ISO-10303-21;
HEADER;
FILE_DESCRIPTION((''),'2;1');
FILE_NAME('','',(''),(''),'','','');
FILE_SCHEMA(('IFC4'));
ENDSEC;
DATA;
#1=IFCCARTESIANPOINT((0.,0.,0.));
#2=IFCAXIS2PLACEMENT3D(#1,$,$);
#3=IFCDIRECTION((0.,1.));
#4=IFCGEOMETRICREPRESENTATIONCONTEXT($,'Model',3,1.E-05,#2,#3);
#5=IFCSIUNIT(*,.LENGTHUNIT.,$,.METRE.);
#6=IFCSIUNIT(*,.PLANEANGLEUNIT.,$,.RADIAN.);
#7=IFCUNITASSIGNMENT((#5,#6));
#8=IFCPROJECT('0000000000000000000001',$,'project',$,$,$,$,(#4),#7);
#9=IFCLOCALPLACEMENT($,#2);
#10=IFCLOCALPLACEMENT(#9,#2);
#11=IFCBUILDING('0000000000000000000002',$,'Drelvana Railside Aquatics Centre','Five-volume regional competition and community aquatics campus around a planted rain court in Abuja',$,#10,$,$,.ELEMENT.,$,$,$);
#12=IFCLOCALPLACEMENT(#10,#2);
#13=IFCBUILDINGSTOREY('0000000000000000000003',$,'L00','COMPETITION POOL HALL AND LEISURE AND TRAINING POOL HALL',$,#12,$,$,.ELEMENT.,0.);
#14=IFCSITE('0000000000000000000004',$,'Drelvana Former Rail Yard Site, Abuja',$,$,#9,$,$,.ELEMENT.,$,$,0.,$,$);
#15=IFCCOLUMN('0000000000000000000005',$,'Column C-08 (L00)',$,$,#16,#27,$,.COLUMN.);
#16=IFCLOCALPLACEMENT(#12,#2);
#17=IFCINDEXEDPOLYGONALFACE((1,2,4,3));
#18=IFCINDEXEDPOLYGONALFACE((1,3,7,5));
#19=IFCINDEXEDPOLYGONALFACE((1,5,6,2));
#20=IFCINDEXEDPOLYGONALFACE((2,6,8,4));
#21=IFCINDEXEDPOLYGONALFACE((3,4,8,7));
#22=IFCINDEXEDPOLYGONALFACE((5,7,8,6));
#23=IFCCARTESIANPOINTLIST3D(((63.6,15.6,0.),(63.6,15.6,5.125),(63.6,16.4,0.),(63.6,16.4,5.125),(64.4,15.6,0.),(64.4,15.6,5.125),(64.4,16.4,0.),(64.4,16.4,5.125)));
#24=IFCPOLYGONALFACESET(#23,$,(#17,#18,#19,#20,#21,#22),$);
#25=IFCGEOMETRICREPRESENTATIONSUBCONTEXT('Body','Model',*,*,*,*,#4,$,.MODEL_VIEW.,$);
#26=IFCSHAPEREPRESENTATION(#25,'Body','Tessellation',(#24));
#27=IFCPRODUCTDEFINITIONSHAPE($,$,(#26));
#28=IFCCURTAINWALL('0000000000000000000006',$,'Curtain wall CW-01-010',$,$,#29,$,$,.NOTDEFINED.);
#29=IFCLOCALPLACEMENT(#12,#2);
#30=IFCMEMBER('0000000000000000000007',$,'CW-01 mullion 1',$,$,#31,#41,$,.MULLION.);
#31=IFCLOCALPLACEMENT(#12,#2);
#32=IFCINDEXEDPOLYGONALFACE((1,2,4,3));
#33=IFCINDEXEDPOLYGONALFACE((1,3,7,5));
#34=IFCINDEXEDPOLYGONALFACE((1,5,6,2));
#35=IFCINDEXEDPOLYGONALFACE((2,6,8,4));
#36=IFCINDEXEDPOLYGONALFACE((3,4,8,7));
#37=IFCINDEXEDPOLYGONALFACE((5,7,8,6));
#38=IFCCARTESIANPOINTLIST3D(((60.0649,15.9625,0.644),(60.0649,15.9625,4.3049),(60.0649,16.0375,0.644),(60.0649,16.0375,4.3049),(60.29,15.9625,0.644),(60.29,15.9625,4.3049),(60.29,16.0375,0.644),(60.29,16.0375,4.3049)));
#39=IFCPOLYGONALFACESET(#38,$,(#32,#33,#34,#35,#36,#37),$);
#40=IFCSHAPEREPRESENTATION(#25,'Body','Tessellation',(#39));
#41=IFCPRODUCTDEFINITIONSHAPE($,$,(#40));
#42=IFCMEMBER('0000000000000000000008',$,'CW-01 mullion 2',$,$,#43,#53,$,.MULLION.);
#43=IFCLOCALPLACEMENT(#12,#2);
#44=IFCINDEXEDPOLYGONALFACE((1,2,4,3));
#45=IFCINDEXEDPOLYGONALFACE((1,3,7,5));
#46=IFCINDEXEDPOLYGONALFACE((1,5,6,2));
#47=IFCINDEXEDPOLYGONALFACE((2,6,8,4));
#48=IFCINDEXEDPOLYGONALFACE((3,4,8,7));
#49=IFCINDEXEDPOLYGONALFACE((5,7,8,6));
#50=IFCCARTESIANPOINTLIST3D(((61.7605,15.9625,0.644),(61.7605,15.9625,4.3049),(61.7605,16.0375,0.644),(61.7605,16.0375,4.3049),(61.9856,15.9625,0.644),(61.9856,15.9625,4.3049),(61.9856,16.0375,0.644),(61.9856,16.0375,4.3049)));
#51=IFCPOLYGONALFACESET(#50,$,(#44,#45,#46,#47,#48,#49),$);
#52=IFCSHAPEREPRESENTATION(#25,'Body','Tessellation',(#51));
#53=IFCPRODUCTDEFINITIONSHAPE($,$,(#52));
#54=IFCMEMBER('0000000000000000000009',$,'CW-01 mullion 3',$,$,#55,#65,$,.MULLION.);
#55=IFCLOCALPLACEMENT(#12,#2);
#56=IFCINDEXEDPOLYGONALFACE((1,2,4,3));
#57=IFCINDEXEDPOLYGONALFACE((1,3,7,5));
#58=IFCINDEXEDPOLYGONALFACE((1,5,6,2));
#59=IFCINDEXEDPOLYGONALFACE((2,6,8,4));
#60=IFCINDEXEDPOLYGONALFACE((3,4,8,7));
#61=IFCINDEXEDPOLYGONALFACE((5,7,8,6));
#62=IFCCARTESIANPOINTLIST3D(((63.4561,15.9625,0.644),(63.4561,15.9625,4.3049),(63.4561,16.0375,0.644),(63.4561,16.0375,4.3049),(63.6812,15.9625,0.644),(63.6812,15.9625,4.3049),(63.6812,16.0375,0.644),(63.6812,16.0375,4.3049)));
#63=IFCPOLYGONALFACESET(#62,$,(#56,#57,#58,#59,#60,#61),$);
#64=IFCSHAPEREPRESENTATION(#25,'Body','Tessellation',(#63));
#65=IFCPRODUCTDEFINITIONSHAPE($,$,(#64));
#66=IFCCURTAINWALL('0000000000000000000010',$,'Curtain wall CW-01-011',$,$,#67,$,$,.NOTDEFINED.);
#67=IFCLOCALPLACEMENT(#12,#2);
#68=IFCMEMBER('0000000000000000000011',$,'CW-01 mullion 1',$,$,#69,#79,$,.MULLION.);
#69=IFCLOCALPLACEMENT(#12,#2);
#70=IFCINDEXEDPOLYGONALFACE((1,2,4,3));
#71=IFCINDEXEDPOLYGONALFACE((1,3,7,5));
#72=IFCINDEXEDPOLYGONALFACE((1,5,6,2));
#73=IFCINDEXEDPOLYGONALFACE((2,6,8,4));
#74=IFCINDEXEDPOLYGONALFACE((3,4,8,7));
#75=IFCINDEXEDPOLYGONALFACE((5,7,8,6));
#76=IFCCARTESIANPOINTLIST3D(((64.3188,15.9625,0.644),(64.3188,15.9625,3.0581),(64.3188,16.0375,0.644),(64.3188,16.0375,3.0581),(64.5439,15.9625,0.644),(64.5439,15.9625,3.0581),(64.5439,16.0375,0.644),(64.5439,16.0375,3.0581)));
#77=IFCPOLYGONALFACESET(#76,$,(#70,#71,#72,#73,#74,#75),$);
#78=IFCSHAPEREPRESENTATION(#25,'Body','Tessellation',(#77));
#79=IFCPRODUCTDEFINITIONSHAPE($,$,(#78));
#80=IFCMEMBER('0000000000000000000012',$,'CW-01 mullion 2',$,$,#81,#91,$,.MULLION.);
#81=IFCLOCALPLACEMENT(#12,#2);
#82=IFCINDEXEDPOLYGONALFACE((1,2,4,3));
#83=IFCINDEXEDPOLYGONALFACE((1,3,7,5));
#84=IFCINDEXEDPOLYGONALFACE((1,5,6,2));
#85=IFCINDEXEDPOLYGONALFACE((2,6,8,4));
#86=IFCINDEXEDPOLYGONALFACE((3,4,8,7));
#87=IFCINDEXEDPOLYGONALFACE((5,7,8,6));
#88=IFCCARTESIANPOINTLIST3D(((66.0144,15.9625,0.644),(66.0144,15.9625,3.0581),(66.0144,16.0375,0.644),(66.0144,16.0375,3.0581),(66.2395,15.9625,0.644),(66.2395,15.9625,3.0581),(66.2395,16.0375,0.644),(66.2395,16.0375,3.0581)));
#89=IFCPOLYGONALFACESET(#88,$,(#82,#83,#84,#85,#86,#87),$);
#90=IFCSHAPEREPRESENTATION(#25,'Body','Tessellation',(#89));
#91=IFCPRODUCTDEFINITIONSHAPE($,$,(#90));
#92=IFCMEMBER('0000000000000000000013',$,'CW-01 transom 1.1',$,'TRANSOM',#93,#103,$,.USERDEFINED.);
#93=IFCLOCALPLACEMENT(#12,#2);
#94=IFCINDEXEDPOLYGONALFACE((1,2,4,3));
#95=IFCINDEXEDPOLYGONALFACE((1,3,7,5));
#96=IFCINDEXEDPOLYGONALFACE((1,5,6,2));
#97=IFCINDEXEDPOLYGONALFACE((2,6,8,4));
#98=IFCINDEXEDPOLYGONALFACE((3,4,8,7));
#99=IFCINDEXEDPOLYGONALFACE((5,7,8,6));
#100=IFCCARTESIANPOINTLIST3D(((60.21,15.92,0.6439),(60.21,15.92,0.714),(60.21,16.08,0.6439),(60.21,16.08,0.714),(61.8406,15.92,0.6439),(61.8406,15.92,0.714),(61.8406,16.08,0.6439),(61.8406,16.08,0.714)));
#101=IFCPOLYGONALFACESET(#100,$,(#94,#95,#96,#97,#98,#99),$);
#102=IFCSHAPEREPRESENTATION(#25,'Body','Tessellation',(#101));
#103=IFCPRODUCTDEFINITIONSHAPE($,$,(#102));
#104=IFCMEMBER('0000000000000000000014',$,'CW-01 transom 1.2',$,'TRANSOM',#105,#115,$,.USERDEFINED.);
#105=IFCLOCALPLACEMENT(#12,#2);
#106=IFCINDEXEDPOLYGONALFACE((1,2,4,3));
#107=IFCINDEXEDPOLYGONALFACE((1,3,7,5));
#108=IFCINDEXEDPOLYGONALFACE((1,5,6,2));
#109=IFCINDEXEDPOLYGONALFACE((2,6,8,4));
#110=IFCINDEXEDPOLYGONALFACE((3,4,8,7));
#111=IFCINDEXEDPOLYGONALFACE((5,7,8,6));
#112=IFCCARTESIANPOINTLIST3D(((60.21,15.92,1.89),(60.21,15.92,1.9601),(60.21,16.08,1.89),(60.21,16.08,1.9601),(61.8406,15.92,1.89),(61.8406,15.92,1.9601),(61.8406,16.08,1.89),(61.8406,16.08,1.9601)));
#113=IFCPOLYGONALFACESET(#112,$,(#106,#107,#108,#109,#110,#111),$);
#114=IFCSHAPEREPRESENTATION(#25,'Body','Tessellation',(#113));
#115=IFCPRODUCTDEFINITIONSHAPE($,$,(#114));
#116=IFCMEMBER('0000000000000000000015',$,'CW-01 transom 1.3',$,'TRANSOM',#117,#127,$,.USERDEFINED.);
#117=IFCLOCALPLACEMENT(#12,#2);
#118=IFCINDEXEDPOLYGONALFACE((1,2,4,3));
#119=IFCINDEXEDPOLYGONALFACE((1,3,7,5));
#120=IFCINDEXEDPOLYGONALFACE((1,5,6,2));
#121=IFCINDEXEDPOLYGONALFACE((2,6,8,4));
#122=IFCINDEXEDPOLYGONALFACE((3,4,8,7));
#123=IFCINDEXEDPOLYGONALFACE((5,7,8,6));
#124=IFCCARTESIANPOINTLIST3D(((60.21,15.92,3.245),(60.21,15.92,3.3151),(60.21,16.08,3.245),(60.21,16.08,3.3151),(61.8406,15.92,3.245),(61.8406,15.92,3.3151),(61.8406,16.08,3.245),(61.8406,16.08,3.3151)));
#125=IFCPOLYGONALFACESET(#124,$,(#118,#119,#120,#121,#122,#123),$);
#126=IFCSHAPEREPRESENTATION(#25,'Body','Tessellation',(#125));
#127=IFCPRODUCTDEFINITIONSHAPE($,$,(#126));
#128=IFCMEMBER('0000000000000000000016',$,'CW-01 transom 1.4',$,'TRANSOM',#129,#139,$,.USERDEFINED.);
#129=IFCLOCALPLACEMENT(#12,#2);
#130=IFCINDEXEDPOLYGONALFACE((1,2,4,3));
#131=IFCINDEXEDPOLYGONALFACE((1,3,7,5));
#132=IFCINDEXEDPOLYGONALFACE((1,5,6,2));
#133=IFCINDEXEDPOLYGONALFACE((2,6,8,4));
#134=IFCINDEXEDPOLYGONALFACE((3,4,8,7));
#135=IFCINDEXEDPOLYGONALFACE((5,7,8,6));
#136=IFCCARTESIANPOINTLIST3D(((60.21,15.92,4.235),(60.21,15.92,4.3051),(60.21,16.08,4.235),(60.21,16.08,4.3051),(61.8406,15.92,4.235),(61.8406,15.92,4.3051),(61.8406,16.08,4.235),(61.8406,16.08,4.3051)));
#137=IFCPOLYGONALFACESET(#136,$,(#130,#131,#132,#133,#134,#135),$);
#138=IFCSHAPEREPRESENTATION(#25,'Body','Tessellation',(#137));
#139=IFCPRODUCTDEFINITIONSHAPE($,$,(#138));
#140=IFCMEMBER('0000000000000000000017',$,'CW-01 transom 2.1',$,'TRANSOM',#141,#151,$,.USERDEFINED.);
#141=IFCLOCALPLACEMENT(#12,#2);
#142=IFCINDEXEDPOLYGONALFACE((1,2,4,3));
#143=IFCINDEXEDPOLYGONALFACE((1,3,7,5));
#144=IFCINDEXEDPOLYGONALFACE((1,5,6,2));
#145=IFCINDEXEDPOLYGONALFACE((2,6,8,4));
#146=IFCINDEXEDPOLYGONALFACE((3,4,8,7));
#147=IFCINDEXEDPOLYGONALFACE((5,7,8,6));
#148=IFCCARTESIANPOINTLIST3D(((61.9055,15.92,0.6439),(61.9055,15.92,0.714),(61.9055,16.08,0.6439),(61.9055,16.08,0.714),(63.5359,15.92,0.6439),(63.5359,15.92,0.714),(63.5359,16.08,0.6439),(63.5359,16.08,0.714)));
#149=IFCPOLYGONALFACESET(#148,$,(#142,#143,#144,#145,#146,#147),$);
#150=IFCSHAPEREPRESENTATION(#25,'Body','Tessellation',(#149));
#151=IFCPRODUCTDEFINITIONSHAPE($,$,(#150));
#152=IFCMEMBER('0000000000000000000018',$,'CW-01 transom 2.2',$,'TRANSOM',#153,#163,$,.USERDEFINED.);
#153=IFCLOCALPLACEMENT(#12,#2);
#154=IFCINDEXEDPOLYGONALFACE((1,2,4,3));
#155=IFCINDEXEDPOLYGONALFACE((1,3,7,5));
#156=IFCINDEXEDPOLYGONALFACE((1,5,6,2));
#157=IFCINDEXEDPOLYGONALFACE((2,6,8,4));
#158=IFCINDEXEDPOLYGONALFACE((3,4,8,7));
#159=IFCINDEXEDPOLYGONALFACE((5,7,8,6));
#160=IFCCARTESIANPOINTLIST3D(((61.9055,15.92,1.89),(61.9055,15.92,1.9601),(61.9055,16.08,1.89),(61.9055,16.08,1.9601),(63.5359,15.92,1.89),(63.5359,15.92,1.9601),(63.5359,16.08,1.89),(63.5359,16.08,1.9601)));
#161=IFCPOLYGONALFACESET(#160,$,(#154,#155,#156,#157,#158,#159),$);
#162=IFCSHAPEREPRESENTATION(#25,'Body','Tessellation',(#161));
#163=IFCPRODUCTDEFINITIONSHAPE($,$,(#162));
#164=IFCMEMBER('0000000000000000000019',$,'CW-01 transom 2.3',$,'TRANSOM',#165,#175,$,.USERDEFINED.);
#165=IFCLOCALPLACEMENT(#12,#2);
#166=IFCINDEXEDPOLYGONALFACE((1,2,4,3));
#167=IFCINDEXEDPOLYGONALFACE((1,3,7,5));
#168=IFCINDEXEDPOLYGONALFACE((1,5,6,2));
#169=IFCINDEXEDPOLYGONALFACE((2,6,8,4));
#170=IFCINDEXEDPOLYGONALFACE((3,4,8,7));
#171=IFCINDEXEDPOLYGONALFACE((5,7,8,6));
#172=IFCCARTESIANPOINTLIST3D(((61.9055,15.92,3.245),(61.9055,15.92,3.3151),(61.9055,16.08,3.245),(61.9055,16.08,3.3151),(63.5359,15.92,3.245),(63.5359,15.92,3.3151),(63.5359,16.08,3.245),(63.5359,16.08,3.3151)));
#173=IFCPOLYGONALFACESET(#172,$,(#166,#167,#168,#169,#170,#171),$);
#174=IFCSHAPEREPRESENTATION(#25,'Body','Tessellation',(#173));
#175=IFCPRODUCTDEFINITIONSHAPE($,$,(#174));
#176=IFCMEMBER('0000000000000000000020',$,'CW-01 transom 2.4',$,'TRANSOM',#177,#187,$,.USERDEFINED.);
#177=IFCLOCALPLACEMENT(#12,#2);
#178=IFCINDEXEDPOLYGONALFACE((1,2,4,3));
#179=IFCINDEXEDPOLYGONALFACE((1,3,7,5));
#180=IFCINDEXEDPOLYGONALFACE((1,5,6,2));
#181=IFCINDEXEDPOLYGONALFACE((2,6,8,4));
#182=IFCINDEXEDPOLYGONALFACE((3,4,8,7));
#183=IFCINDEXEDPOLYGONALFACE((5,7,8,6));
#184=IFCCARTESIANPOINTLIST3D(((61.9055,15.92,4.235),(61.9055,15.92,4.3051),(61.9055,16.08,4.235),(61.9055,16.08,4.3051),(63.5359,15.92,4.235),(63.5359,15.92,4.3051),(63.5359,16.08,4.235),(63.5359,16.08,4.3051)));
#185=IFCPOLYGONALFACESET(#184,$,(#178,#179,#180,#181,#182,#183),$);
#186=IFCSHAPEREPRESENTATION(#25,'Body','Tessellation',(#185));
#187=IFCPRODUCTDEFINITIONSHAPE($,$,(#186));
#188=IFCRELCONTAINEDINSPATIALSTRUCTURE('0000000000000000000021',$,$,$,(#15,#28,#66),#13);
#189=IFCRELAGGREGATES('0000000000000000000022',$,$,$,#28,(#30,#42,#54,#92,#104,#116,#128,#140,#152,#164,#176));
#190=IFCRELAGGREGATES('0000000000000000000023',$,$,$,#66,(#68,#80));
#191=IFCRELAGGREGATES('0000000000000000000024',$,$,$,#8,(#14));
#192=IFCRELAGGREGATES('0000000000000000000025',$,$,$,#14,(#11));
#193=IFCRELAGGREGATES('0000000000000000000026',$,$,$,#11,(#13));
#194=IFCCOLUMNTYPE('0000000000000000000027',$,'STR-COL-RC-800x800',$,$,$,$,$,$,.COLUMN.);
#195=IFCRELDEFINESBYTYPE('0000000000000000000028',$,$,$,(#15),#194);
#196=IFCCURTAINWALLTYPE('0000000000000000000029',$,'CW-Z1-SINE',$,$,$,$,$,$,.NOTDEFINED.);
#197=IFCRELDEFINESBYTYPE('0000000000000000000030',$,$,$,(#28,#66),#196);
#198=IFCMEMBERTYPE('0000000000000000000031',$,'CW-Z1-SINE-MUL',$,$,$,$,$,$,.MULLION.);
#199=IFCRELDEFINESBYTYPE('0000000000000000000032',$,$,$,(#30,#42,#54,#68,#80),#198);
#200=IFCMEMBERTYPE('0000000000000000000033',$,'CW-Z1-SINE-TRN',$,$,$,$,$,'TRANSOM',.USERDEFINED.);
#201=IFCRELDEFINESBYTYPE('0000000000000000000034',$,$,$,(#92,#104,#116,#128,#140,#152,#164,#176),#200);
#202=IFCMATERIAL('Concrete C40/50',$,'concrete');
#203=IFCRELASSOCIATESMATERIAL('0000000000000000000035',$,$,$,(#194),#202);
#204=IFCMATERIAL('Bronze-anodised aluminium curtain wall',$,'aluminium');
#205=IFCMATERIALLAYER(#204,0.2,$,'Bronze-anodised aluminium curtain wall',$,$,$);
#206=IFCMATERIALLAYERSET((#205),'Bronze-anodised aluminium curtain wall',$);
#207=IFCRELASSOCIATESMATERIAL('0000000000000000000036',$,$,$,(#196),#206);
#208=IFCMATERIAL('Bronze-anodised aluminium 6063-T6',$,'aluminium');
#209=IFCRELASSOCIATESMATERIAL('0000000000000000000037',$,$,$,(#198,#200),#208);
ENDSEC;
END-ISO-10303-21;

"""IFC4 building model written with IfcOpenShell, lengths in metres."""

from ifc_helpers import new_model, si_unit, direction, frame, origin, origin_2d, place, context, subcontext, project, spatial, rectangle, extrude, material, layer, layer_set, material_profile, profile_set, type_object, element, aggregate, save


model = new_model("IFC4")

# Units and contexts
model_context = context("Model", 3, precision=1e-05, world=origin(), true_north=direction((0.0, 1.0)))
body_context = subcontext(model_context, "Body", "Model", "MODEL_VIEW")
ifc_project = project(units=[si_unit("LENGTHUNIT", "METRE"), si_unit("PLANEANGLEUNIT", "RADIAN")], contexts=[model_context])

# Site, building, storey
site_placement = place(None, origin())
site = spatial("IfcSite", under=ifc_project, at=site_placement, Name="Drelvana Former Rail Yard Site, Abuja", CompositionType="ELEMENT", RefElevation=0.0)
building_placement = place(site_placement, origin())
building = spatial("IfcBuilding", under=site, at=building_placement, Name="Drelvana Railside Aquatics Centre", Description="Five-volume regional competition and community aquatics campus around a planted rain court in Abuja", CompositionType="ELEMENT")
storey_placement = place(building_placement, origin())
storey = spatial("IfcBuildingStorey", under=building, at=storey_placement, Name="L00", Description="COMPETITION POOL HALL AND LEISURE AND TRAINING POOL HALL", CompositionType="ELEMENT", Elevation=0.0)

# Column
ifc_material_1 = material(Name="Concrete C40/50", Category="concrete")
ifc_material_profile_1 = material_profile(ifc_material_1, rectangle(XDim=0.8, YDim=0.8, at=origin_2d()), Name="RC 800x800")
ifc_profile_set_1 = profile_set([ifc_material_profile_1], Name="Concrete C40/50")
column_type = type_object("IfcColumnType", Name="STR-COL-RC-800x800", PredefinedType="COLUMN", material=ifc_profile_set_1)
column_placement = place(storey_placement, frame((64.0, 16.0, 0.0), z_axis=(0.0, 0.0, 1.0), x_axis=(1.0, 0.0, 0.0)))
element("IfcColumn", 1, at=column_placement, inside=storey, type_object=column_type, Name="Column C-08 (L00)", PredefinedType="COLUMN", context=body_context, shape_type="SweptSolid", body=[
    extrude(rectangle(XDim=0.8, YDim=0.8, at=origin_2d()), origin(), (0.0, 0.0, 1.0), 5.125),
])

# Curtain walls, members
ifc_material_2 = material(Name="Bronze-anodised aluminium curtain wall", Category="aluminium")
ifc_layer_1 = layer(ifc_material_2, 0.2, Name="Bronze-anodised aluminium curtain wall")
ifc_layer_set_1 = layer_set([ifc_layer_1], Name="Bronze-anodised aluminium curtain wall")
curtain_wall_type = type_object("IfcCurtainWallType", Name="CW-Z1-SINE", PredefinedType="NOTDEFINED", material=ifc_layer_set_1)
curtain_wall_1_placement = place(storey_placement, origin())
curtain_wall_1 = element("IfcCurtainWall", 2, at=curtain_wall_1_placement, inside=storey, type_object=curtain_wall_type, Name="Curtain wall CW-01-010", PredefinedType="NOTDEFINED")
ifc_material_3 = material(Name="Bronze-anodised aluminium 6063-T6", Category="aluminium")
ifc_material_profile_2 = material_profile(ifc_material_3, rectangle(XDim=0.075, YDim=0.2251, at=origin_2d()), Name="ALU-M 75x225")
ifc_profile_set_2 = profile_set([ifc_material_profile_2], Name="Bronze-anodised aluminium 6063-T6")
member_type_1 = type_object("IfcMemberType", Name="CW-Z1-SINE-MUL", PredefinedType="MULLION", material=ifc_profile_set_2)
member_1_placement = place(storey_placement, frame((60.1775, 16.0, 0.644), z_axis=(0.0, 0.0, 1.0), x_axis=(0.0, 1.0, 0.0)))
member_1 = element("IfcMember", 3, at=member_1_placement, type_object=member_type_1, Name="CW-01 mullion 1", PredefinedType="MULLION", context=body_context, shape_type="SweptSolid", body=[
    extrude(rectangle(XDim=0.075, YDim=0.2251, at=origin_2d()), origin(), (0.0, 0.0, 1.0), 3.6609),
])
member_2_placement = place(storey_placement, frame((61.873, 16.0, 0.644), z_axis=(0.0, 0.0, 1.0), x_axis=(0.0, 1.0, 0.0)))
member_2 = element("IfcMember", 4, at=member_2_placement, type_object=member_type_1, Name="CW-01 mullion 2", PredefinedType="MULLION", context=body_context, shape_type="SweptSolid", body=[
    extrude(rectangle(XDim=0.075, YDim=0.2251, at=origin_2d()), origin(), (0.0, 0.0, 1.0), 3.6609),
])
member_3_placement = place(storey_placement, frame((63.5686, 16.0, 0.644), z_axis=(0.0, 0.0, 1.0), x_axis=(0.0, 1.0, 0.0)))
member_3 = element("IfcMember", 5, at=member_3_placement, type_object=member_type_1, Name="CW-01 mullion 3", PredefinedType="MULLION", context=body_context, shape_type="SweptSolid", body=[
    extrude(rectangle(XDim=0.075, YDim=0.2251, at=origin_2d()), origin(), (0.0, 0.0, 1.0), 3.6609),
])
curtain_wall_2_placement = place(storey_placement, origin())
curtain_wall_2 = element("IfcCurtainWall", 6, at=curtain_wall_2_placement, inside=storey, type_object=curtain_wall_type, Name="Curtain wall CW-01-011", PredefinedType="NOTDEFINED")
member_4_placement = place(storey_placement, frame((64.4314, 16.0, 0.644), z_axis=(0.0, 0.0, 1.0), x_axis=(0.0, 1.0, 0.0)))
member_4 = element("IfcMember", 7, at=member_4_placement, type_object=member_type_1, Name="CW-01 mullion 1", PredefinedType="MULLION", context=body_context, shape_type="SweptSolid", body=[
    extrude(rectangle(XDim=0.075, YDim=0.2251, at=origin_2d()), origin(), (0.0, 0.0, 1.0), 2.4141),
])
member_5_placement = place(storey_placement, frame((66.127, 16.0, 0.644), z_axis=(0.0, 0.0, 1.0), x_axis=(0.0, 1.0, 0.0)))
member_5 = element("IfcMember", 8, at=member_5_placement, type_object=member_type_1, Name="CW-01 mullion 2", PredefinedType="MULLION", context=body_context, shape_type="SweptSolid", body=[
    extrude(rectangle(XDim=0.075, YDim=0.2251, at=origin_2d()), origin(), (0.0, 0.0, 1.0), 2.4141),
])

# Members
ifc_material_profile_3 = material_profile(ifc_material_3, rectangle(XDim=0.1599, YDim=0.0701, at=origin_2d()), Name="ALU-T 70x160")
ifc_profile_set_3 = profile_set([ifc_material_profile_3], Name="Bronze-anodised aluminium 6063-T6")
member_type_2 = type_object("IfcMemberType", Name="CW-Z1-SINE-TRN", ElementType="TRANSOM", PredefinedType="USERDEFINED", material=ifc_profile_set_3)
member_6_placement = place(storey_placement, frame((60.21, 16.0, 0.679), z_axis=(1.0, 0.0, 0.0), x_axis=(0.0, 1.0, 0.0)))
member_6 = element("IfcMember", 9, at=member_6_placement, type_object=member_type_2, Name="CW-01 transom 1.1", ObjectType="TRANSOM", PredefinedType="USERDEFINED", context=body_context, shape_type="SweptSolid", body=[
    extrude(rectangle(XDim=0.1599, YDim=0.0701, at=origin_2d()), origin(), (0.0, 0.0, 1.0), 1.6306),
])
member_7_placement = place(storey_placement, frame((60.21, 16.0, 1.925), z_axis=(1.0, 0.0, 0.0), x_axis=(0.0, 1.0, 0.0)))
member_7 = element("IfcMember", 10, at=member_7_placement, type_object=member_type_2, Name="CW-01 transom 1.2", ObjectType="TRANSOM", PredefinedType="USERDEFINED", context=body_context, shape_type="SweptSolid", body=[
    extrude(rectangle(XDim=0.1599, YDim=0.0701, at=origin_2d()), origin(), (0.0, 0.0, 1.0), 1.6306),
])
member_8_placement = place(storey_placement, frame((60.21, 16.0, 3.28), z_axis=(1.0, 0.0, 0.0), x_axis=(0.0, 1.0, 0.0)))
member_8 = element("IfcMember", 11, at=member_8_placement, type_object=member_type_2, Name="CW-01 transom 1.3", ObjectType="TRANSOM", PredefinedType="USERDEFINED", context=body_context, shape_type="SweptSolid", body=[
    extrude(rectangle(XDim=0.1599, YDim=0.0701, at=origin_2d()), origin(), (0.0, 0.0, 1.0), 1.6306),
])
member_9_placement = place(storey_placement, frame((60.21, 16.0, 4.27), z_axis=(1.0, 0.0, 0.0), x_axis=(0.0, 1.0, 0.0)))
member_9 = element("IfcMember", 12, at=member_9_placement, type_object=member_type_2, Name="CW-01 transom 1.4", ObjectType="TRANSOM", PredefinedType="USERDEFINED", context=body_context, shape_type="SweptSolid", body=[
    extrude(rectangle(XDim=0.1599, YDim=0.0701, at=origin_2d()), origin(), (0.0, 0.0, 1.0), 1.6306),
])
member_10_placement = place(storey_placement, frame((61.9055, 16.0, 0.679), z_axis=(1.0, 0.0, 0.0), x_axis=(0.0, 1.0, 0.0)))
member_10 = element("IfcMember", 13, at=member_10_placement, type_object=member_type_2, Name="CW-01 transom 2.1", ObjectType="TRANSOM", PredefinedType="USERDEFINED", context=body_context, shape_type="SweptSolid", body=[
    extrude(rectangle(XDim=0.1599, YDim=0.0701, at=origin_2d()), origin(), (0.0, 0.0, 1.0), 1.6304),
])
member_11_placement = place(storey_placement, frame((61.9055, 16.0, 1.925), z_axis=(1.0, 0.0, 0.0), x_axis=(0.0, 1.0, 0.0)))
member_11 = element("IfcMember", 14, at=member_11_placement, type_object=member_type_2, Name="CW-01 transom 2.2", ObjectType="TRANSOM", PredefinedType="USERDEFINED", context=body_context, shape_type="SweptSolid", body=[
    extrude(rectangle(XDim=0.1599, YDim=0.0701, at=origin_2d()), origin(), (0.0, 0.0, 1.0), 1.6304),
])
member_12_placement = place(storey_placement, frame((61.9055, 16.0, 3.28), z_axis=(1.0, 0.0, 0.0), x_axis=(0.0, 1.0, 0.0)))
member_12 = element("IfcMember", 15, at=member_12_placement, type_object=member_type_2, Name="CW-01 transom 2.3", ObjectType="TRANSOM", PredefinedType="USERDEFINED", context=body_context, shape_type="SweptSolid", body=[
    extrude(rectangle(XDim=0.1599, YDim=0.0701, at=origin_2d()), origin(), (0.0, 0.0, 1.0), 1.6304),
])
member_13_placement = place(storey_placement, frame((61.9055, 16.0, 4.27), z_axis=(1.0, 0.0, 0.0), x_axis=(0.0, 1.0, 0.0)))
member_13 = element("IfcMember", 16, at=member_13_placement, type_object=member_type_2, Name="CW-01 transom 2.4", ObjectType="TRANSOM", PredefinedType="USERDEFINED", context=body_context, shape_type="SweptSolid", body=[
    extrude(rectangle(XDim=0.1599, YDim=0.0701, at=origin_2d()), origin(), (0.0, 0.0, 1.0), 1.6304),
])

aggregate(curtain_wall_1, [member_1, member_2, member_3, member_6, member_7, member_8, member_9, member_10, member_11, member_12, member_13])
aggregate(curtain_wall_2, [member_4, member_5])

save(model, "model.ifc")
